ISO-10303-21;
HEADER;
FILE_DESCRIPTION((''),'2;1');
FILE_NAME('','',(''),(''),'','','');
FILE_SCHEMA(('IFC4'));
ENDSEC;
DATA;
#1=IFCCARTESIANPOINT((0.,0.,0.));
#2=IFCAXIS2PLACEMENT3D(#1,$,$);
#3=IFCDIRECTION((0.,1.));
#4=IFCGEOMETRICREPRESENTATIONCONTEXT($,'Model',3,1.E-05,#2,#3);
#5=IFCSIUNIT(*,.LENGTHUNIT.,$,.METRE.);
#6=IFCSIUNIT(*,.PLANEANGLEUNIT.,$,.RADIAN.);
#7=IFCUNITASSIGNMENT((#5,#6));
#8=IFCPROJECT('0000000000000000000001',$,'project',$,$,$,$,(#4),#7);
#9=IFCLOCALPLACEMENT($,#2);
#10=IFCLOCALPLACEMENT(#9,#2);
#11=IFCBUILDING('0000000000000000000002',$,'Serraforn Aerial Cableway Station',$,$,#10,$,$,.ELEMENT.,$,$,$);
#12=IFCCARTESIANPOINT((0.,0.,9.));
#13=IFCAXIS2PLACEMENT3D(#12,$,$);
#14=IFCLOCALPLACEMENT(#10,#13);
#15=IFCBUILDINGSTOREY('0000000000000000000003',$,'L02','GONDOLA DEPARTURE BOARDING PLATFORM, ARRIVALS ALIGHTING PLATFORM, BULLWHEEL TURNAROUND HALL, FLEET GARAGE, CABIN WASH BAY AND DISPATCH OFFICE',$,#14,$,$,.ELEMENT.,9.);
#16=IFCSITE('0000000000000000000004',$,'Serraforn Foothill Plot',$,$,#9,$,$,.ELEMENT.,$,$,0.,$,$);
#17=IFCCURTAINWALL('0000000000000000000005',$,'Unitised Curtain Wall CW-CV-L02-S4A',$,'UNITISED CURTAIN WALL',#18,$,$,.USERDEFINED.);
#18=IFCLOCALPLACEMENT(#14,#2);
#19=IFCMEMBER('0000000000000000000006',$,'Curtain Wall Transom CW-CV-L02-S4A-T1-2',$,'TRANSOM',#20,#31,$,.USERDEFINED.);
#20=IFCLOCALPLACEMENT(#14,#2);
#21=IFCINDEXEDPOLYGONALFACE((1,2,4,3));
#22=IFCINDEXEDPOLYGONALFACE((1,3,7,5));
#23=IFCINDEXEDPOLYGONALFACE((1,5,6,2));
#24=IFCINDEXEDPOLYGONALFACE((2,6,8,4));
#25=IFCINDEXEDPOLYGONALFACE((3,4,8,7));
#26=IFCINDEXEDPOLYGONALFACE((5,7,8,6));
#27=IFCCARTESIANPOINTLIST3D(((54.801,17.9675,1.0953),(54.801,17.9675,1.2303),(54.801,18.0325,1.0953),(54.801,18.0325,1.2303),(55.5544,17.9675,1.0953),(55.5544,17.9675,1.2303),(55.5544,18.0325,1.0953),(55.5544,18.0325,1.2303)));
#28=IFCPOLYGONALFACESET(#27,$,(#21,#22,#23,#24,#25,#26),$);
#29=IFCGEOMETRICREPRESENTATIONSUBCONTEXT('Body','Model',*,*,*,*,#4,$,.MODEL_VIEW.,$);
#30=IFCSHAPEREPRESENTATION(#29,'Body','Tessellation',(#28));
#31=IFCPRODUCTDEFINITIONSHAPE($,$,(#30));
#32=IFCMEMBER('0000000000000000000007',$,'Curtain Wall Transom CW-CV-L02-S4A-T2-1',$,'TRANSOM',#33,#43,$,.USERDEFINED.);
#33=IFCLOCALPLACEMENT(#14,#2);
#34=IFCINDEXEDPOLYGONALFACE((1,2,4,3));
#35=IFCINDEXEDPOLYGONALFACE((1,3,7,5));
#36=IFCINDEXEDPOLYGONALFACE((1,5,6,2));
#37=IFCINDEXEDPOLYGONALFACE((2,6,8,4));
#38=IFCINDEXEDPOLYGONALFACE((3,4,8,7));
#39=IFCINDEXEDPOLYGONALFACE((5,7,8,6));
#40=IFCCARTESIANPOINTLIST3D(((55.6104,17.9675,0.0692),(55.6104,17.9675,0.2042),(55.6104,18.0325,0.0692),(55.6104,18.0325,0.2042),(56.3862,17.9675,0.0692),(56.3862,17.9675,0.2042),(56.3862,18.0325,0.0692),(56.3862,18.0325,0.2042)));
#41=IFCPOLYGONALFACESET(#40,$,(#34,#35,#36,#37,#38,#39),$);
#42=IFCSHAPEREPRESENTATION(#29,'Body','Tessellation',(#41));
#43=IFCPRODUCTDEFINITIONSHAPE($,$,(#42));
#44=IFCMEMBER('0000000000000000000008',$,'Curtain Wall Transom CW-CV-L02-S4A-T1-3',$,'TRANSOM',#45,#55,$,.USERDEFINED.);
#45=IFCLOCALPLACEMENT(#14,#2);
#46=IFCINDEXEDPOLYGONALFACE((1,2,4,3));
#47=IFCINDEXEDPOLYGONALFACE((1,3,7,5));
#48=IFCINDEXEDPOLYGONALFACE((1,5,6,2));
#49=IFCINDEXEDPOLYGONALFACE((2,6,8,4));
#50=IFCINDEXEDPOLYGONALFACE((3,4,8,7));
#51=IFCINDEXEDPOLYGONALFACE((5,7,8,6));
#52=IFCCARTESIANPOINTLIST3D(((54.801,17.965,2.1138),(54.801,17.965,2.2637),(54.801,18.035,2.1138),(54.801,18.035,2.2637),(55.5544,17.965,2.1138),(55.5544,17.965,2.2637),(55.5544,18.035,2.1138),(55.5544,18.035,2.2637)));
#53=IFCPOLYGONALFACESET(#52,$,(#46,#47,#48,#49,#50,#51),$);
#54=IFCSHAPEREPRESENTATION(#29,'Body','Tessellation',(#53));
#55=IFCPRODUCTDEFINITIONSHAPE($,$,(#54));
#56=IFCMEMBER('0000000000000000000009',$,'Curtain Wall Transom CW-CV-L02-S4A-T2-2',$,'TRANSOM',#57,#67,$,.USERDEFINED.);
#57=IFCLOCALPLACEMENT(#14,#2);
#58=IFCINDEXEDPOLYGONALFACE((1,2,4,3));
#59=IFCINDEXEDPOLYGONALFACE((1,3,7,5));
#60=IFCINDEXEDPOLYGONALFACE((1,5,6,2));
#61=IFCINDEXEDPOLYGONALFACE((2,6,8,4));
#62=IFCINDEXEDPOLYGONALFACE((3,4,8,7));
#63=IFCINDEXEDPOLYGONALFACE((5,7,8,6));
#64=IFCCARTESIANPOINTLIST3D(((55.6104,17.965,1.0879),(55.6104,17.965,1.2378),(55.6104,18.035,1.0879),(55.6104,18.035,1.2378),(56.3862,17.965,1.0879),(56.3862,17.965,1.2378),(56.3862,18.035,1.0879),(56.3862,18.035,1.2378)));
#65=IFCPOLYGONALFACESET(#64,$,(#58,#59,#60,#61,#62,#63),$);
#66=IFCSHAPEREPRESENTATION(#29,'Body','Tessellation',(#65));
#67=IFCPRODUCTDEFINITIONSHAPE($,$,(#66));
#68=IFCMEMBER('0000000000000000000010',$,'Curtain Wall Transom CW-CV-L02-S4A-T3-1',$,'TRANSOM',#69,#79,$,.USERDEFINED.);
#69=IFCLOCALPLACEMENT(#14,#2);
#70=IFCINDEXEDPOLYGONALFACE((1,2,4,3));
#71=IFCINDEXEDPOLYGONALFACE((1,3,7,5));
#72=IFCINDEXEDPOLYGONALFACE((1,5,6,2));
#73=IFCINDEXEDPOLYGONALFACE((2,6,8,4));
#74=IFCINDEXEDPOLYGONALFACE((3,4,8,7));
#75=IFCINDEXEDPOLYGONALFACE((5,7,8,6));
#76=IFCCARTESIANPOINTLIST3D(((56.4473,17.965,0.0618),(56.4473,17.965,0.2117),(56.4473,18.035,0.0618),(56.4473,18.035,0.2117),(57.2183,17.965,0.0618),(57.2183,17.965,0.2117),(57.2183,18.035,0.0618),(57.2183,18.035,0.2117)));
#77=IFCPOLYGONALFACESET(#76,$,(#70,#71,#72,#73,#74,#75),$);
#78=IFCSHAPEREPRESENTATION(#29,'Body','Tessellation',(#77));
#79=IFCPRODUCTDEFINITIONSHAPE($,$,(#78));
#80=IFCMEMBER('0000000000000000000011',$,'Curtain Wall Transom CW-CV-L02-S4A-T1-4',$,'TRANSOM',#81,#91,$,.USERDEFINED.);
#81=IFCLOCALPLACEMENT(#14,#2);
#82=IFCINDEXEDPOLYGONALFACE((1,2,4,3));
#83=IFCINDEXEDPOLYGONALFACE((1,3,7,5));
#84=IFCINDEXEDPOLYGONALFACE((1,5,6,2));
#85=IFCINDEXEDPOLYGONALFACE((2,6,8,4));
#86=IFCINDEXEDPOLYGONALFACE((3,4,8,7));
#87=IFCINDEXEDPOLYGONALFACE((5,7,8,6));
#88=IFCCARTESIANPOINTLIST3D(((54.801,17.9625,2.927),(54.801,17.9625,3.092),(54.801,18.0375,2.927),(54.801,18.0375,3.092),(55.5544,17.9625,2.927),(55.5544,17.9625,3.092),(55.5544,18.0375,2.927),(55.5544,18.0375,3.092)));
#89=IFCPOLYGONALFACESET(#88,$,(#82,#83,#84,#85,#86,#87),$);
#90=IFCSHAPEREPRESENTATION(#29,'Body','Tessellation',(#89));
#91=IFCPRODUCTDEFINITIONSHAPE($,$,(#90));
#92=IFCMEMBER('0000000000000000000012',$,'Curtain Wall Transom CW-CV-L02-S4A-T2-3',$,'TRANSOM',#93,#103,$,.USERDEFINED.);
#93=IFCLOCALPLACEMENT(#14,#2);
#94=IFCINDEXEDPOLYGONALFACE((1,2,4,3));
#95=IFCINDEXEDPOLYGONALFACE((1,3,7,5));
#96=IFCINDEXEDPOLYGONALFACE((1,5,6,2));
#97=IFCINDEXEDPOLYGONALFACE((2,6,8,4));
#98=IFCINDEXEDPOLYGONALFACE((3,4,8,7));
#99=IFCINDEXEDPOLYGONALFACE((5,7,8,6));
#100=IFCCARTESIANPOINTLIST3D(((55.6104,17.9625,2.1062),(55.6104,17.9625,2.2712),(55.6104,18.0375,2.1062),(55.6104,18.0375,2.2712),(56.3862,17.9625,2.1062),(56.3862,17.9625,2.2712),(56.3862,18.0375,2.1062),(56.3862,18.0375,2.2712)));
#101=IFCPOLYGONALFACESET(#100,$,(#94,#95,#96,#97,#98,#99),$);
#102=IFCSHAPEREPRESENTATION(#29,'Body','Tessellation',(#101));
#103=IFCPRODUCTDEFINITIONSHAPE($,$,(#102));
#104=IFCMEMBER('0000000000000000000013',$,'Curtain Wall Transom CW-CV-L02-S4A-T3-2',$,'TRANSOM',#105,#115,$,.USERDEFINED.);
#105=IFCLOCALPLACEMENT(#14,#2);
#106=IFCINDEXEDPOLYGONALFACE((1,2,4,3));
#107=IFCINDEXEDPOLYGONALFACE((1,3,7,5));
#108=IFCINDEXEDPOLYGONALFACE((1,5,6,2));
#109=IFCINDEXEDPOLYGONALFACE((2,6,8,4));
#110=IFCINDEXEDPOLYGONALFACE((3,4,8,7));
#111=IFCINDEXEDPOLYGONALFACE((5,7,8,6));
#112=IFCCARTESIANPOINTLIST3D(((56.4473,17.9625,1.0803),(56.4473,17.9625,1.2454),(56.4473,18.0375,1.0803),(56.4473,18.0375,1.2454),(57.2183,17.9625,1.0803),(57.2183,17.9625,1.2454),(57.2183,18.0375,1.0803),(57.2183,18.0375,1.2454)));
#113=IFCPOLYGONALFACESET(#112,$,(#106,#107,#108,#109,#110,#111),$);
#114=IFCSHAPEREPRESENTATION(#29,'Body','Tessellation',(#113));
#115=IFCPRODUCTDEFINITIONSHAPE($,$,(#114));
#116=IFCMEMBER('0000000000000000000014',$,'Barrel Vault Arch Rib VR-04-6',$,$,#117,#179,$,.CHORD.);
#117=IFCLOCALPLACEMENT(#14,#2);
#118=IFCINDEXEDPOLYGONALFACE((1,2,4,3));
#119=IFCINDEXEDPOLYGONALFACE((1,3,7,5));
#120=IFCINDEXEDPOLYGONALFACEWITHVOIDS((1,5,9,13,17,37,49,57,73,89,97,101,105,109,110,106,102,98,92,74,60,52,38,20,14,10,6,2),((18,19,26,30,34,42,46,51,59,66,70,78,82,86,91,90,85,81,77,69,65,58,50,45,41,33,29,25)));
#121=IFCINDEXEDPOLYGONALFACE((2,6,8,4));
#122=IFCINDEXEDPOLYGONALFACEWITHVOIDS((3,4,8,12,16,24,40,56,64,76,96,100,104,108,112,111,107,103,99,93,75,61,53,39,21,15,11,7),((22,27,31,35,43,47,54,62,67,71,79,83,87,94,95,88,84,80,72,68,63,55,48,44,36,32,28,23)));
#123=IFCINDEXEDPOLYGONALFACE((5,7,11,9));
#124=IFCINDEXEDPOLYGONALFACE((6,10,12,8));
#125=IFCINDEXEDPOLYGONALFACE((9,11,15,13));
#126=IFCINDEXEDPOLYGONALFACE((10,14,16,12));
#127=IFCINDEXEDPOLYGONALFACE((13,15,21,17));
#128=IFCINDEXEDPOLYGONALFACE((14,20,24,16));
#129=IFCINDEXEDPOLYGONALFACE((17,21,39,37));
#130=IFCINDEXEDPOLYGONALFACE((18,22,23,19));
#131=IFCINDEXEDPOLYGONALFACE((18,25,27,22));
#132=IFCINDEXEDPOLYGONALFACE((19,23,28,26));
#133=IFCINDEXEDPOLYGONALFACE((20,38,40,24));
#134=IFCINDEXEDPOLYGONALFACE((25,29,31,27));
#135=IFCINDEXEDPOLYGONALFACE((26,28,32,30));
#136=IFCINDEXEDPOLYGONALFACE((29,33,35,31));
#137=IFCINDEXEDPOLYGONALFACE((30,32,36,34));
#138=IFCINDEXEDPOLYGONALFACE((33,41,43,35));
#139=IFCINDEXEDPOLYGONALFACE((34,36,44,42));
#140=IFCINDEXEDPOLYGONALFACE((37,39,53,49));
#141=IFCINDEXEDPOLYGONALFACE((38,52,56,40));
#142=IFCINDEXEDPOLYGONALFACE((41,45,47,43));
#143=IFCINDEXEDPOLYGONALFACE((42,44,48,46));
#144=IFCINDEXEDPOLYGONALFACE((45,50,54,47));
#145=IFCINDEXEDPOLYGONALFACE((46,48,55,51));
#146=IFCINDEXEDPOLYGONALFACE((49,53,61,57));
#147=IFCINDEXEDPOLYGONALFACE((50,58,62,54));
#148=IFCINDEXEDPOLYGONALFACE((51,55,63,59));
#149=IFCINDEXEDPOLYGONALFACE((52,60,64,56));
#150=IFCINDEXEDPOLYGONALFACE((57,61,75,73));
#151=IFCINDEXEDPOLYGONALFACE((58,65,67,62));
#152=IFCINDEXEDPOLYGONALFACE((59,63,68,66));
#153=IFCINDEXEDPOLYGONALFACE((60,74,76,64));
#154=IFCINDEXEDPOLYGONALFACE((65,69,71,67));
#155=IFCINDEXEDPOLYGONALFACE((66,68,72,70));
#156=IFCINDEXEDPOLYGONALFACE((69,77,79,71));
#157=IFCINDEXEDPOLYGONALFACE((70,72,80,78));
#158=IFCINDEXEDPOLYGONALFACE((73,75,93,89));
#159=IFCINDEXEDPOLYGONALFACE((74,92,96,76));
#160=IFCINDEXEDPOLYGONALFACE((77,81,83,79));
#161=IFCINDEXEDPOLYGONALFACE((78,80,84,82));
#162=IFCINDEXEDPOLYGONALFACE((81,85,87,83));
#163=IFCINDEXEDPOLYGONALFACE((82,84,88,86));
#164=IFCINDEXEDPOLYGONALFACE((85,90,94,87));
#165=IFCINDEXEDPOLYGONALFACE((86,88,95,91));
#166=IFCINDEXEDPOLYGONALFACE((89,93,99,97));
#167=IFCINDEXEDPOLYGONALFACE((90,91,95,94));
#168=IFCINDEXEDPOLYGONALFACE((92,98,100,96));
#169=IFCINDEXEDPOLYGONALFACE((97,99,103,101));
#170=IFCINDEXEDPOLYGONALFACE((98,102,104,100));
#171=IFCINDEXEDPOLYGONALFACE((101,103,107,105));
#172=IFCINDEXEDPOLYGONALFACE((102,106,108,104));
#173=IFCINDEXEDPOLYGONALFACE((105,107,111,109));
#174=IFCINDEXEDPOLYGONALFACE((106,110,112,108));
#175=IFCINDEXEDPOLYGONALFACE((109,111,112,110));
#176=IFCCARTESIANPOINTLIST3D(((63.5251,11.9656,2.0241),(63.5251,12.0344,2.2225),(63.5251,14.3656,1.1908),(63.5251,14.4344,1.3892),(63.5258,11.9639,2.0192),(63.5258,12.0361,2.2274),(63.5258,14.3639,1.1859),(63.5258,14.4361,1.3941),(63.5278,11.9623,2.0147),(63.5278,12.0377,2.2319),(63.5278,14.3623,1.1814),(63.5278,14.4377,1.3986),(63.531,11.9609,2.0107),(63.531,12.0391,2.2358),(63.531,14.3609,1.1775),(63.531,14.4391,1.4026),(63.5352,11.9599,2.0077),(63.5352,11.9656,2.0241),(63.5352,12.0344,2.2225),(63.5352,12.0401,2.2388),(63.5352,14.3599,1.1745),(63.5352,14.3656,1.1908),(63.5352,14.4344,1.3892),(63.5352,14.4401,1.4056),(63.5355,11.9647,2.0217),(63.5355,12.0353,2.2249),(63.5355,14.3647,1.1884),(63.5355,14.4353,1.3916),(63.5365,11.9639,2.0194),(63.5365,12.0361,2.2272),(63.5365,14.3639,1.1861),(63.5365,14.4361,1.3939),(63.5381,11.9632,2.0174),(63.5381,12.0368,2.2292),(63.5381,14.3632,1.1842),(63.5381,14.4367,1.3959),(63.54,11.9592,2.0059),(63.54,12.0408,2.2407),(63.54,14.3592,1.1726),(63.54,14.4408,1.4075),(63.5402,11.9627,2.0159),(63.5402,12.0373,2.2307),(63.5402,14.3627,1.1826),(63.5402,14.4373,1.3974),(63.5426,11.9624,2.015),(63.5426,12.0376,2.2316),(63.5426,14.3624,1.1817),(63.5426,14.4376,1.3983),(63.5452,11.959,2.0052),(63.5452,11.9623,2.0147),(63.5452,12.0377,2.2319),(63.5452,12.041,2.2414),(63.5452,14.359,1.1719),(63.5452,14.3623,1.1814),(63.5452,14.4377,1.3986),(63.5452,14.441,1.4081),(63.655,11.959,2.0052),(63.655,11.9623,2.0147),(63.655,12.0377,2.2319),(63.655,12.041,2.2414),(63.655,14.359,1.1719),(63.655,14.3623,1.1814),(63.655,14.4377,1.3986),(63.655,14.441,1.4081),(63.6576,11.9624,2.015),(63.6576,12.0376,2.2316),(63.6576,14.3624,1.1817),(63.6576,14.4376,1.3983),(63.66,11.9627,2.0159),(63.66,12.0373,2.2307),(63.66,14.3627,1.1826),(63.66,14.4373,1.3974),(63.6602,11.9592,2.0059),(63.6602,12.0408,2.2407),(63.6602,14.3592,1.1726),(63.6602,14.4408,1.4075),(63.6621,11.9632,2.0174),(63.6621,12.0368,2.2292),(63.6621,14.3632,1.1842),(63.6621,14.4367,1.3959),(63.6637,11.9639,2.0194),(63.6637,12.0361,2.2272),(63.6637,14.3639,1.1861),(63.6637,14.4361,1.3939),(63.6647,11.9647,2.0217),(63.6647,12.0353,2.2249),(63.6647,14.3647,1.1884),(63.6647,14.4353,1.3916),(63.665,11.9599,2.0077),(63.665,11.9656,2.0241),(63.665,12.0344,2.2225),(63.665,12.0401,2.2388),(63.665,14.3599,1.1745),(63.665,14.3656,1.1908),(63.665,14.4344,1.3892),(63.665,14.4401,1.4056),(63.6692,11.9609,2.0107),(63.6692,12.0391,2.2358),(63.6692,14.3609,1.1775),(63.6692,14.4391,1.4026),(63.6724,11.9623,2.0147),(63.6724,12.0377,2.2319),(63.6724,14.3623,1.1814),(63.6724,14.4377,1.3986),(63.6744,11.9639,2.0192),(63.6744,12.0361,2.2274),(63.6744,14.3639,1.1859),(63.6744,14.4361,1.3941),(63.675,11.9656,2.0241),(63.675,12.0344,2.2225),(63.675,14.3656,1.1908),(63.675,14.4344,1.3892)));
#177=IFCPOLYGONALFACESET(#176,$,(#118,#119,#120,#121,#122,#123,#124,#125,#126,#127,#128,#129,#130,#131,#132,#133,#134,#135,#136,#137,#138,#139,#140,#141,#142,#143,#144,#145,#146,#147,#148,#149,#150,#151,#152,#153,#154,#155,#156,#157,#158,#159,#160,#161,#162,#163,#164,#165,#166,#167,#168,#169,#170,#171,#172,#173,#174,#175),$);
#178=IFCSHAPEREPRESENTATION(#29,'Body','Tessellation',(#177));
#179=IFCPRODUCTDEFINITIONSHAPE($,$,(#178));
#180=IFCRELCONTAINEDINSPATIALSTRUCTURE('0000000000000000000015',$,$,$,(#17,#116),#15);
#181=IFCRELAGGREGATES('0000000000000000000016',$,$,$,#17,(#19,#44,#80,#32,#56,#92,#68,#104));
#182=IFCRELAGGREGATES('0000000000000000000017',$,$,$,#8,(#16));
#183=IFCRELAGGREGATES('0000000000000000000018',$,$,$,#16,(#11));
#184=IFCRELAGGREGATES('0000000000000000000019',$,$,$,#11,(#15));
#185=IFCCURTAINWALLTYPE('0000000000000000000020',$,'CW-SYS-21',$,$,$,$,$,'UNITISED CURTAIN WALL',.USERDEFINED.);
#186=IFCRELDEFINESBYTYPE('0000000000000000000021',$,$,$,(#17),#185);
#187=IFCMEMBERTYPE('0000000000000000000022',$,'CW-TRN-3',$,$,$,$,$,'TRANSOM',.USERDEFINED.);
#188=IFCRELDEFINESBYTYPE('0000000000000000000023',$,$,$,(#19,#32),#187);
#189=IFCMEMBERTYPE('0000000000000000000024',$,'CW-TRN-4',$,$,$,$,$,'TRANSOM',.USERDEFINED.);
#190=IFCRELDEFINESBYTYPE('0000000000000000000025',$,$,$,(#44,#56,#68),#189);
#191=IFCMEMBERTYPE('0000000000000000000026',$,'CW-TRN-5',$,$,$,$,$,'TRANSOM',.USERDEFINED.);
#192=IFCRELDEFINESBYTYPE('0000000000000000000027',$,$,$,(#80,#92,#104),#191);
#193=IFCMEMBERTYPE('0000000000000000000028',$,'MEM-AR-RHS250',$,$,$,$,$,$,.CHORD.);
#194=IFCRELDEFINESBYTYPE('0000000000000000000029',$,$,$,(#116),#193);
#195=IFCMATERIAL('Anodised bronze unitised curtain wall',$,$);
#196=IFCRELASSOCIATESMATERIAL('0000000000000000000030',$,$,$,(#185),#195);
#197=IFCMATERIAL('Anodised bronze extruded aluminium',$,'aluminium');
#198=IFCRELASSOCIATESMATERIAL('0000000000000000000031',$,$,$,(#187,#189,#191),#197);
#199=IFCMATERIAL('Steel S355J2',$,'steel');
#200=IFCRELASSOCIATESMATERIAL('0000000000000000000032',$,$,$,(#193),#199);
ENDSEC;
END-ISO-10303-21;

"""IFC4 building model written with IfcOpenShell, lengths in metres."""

from ifc_helpers import new_model, si_unit, direction, frame, origin, origin_2d, place, context, subcontext, project, spatial, rectangle, hollow_rectangle, extrude, material, material_profile, profile_set, type_object, element, aggregate, save


model = new_model("IFC4")

# Units and contexts
model_context = context("Model", 3, precision=1e-05, world=origin(), true_north=direction((0.0, 1.0)))
body_context = subcontext(model_context, "Body", "Model", "MODEL_VIEW")
ifc_project = project(units=[si_unit("LENGTHUNIT", "METRE"), si_unit("PLANEANGLEUNIT", "RADIAN")], contexts=[model_context])

# Site, building, storey
site_placement = place(None, origin())
site = spatial("IfcSite", under=ifc_project, at=site_placement, Name="Serraforn Foothill Plot", CompositionType="ELEMENT", RefElevation=0.0)
building_placement = place(site_placement, origin())
building = spatial("IfcBuilding", under=site, at=building_placement, Name="Serraforn Aerial Cableway Station", CompositionType="ELEMENT")
storey_placement = place(building_placement, frame((0.0, 0.0, 9.0)))
storey = spatial("IfcBuildingStorey", under=building, at=storey_placement, Name="L02", Description="GONDOLA DEPARTURE BOARDING PLATFORM, ARRIVALS ALIGHTING PLATFORM, BULLWHEEL TURNAROUND HALL, FLEET GARAGE, CABIN WASH BAY AND DISPATCH OFFICE", CompositionType="ELEMENT", Elevation=9.0)

# Shared definitions
ifc_material_1 = material(Name="Steel S355J2", Category="steel")

# Curtain wall, members
ifc_material_2 = material(Name="Anodised bronze unitised curtain wall")
curtain_wall_type = type_object("IfcCurtainWallType", Name="CW-SYS-21", ElementType="UNITISED CURTAIN WALL", PredefinedType="USERDEFINED", material=ifc_material_2)
curtain_wall_placement = place(storey_placement, origin())
curtain_wall = element("IfcCurtainWall", 1, at=curtain_wall_placement, inside=storey, type_object=curtain_wall_type, Name="Unitised Curtain Wall CW-CV-L02-S4A", ObjectType="UNITISED CURTAIN WALL", PredefinedType="USERDEFINED")
ifc_material_3 = material(Name="Anodised bronze extruded aluminium", Category="aluminium")
ifc_material_profile_1 = material_profile(ifc_material_3, rectangle(XDim=0.0649, YDim=0.135, at=origin_2d()), Name="CW TRANSOM 65x135")
ifc_profile_set_1 = profile_set([ifc_material_profile_1], Name="Anodised bronze extruded aluminium")
member_type_1 = type_object("IfcMemberType", Name="CW-TRN-3", ElementType="TRANSOM", PredefinedType="USERDEFINED", material=ifc_profile_set_1)
member_1_placement = place(storey_placement, frame((54.801, 18.0, 1.1628), z_axis=(1.0, 0.0, 0.0), x_axis=(0.0, 1.0, 0.0)))
member_1 = element("IfcMember", 2, at=member_1_placement, type_object=member_type_1, Name="Curtain Wall Transom CW-CV-L02-S4A-T1-2", ObjectType="TRANSOM", PredefinedType="USERDEFINED", context=body_context, shape_type="SweptSolid", body=[
    extrude(rectangle(XDim=0.0649, YDim=0.135, at=origin_2d()), origin(), (0.0, 0.0, 1.0), 0.7534),
])
member_2_placement = place(storey_placement, frame((55.6104, 18.0, 0.1367), z_axis=(1.0, 0.0, 0.0), x_axis=(0.0, 1.0, 0.0)))
member_2 = element("IfcMember", 3, at=member_2_placement, type_object=member_type_1, Name="Curtain Wall Transom CW-CV-L02-S4A-T2-1", ObjectType="TRANSOM", PredefinedType="USERDEFINED", context=body_context, shape_type="SweptSolid", body=[
    extrude(rectangle(XDim=0.0649, YDim=0.135, at=origin_2d()), origin(), (0.0, 0.0, 1.0), 0.7759),
])
ifc_material_profile_2 = material_profile(ifc_material_3, rectangle(XDim=0.0701, YDim=0.1499, at=origin_2d()), Name="CW TRANSOM 70x150")
ifc_profile_set_2 = profile_set([ifc_material_profile_2], Name="Anodised bronze extruded aluminium")
member_type_2 = type_object("IfcMemberType", Name="CW-TRN-4", ElementType="TRANSOM", PredefinedType="USERDEFINED", material=ifc_profile_set_2)
member_3_placement = place(storey_placement, frame((54.801, 18.0, 2.1887), z_axis=(1.0, 0.0, 0.0), x_axis=(0.0, 1.0, 0.0)))
member_3 = element("IfcMember", 4, at=member_3_placement, type_object=member_type_2, Name="Curtain Wall Transom CW-CV-L02-S4A-T1-3", ObjectType="TRANSOM", PredefinedType="USERDEFINED", context=body_context, shape_type="SweptSolid", body=[
    extrude(rectangle(XDim=0.0701, YDim=0.1499, at=origin_2d()), origin(), (0.0, 0.0, 1.0), 0.7534),
])
member_4_placement = place(storey_placement, frame((55.6104, 18.0, 1.1628), z_axis=(1.0, 0.0, 0.0), x_axis=(0.0, 1.0, 0.0)))
member_4 = element("IfcMember", 5, at=member_4_placement, type_object=member_type_2, Name="Curtain Wall Transom CW-CV-L02-S4A-T2-2", ObjectType="TRANSOM", PredefinedType="USERDEFINED", context=body_context, shape_type="SweptSolid", body=[
    extrude(rectangle(XDim=0.0701, YDim=0.1499, at=origin_2d()), origin(), (0.0, 0.0, 1.0), 0.7759),
])
member_5_placement = place(storey_placement, frame((56.4473, 18.0, 0.1367), z_axis=(1.0, 0.0, 0.0), x_axis=(0.0, 1.0, 0.0)))
member_5 = element("IfcMember", 6, at=member_5_placement, type_object=member_type_2, Name="Curtain Wall Transom CW-CV-L02-S4A-T3-1", ObjectType="TRANSOM", PredefinedType="USERDEFINED", context=body_context, shape_type="SweptSolid", body=[
    extrude(rectangle(XDim=0.0701, YDim=0.1499, at=origin_2d()), origin(), (0.0, 0.0, 1.0), 0.771),
])
ifc_material_profile_3 = material_profile(ifc_material_3, rectangle(XDim=0.075, YDim=0.165, at=origin_2d()), Name="CW TRANSOM 75x165")
ifc_profile_set_3 = profile_set([ifc_material_profile_3], Name="Anodised bronze extruded aluminium")
member_type_3 = type_object("IfcMemberType", Name="CW-TRN-5", ElementType="TRANSOM", PredefinedType="USERDEFINED", material=ifc_profile_set_3)
member_6_placement = place(storey_placement, frame((54.801, 18.0, 3.0095), z_axis=(1.0, 0.0, 0.0), x_axis=(0.0, 1.0, 0.0)))
member_6 = element("IfcMember", 7, at=member_6_placement, type_object=member_type_3, Name="Curtain Wall Transom CW-CV-L02-S4A-T1-4", ObjectType="TRANSOM", PredefinedType="USERDEFINED", context=body_context, shape_type="SweptSolid", body=[
    extrude(rectangle(XDim=0.075, YDim=0.165, at=origin_2d()), origin(), (0.0, 0.0, 1.0), 0.7534),
])
member_7_placement = place(storey_placement, frame((55.6104, 18.0, 2.1887), z_axis=(1.0, 0.0, 0.0), x_axis=(0.0, 1.0, 0.0)))
member_7 = element("IfcMember", 8, at=member_7_placement, type_object=member_type_3, Name="Curtain Wall Transom CW-CV-L02-S4A-T2-3", ObjectType="TRANSOM", PredefinedType="USERDEFINED", context=body_context, shape_type="SweptSolid", body=[
    extrude(rectangle(XDim=0.075, YDim=0.165, at=origin_2d()), origin(), (0.0, 0.0, 1.0), 0.7759),
])
member_8_placement = place(storey_placement, frame((56.4473, 18.0, 1.1628), z_axis=(1.0, 0.0, 0.0), x_axis=(0.0, 1.0, 0.0)))
member_8 = element("IfcMember", 9, at=member_8_placement, type_object=member_type_3, Name="Curtain Wall Transom CW-CV-L02-S4A-T3-2", ObjectType="TRANSOM", PredefinedType="USERDEFINED", context=body_context, shape_type="SweptSolid", body=[
    extrude(rectangle(XDim=0.075, YDim=0.165, at=origin_2d()), origin(), (0.0, 0.0, 1.0), 0.771),
])

# Member
ifc_material_profile_4 = material_profile(ifc_material_1, hollow_rectangle(XDim=0.1499, YDim=0.25, WallThickness=0.01, InnerFilletRadius=0.01, OuterFilletRadius=0.02, at=origin_2d()), Name="RHS 250x150x10.0")
ifc_profile_set_4 = profile_set([ifc_material_profile_4], Name="Steel S355J2")
member_type_4 = type_object("IfcMemberType", Name="MEM-AR-RHS250", PredefinedType="CHORD", material=ifc_profile_set_4)
member_9_placement = place(storey_placement, frame((63.6001, 12.0, 2.1233), z_axis=(0.0, 0.944679, -0.327995), x_axis=(-1.0, 0.0, 0.0)))
element("IfcMember", 10, at=member_9_placement, inside=storey, type_object=member_type_4, Name="Barrel Vault Arch Rib VR-04-6", PredefinedType="CHORD", context=body_context, shape_type="SweptSolid", body=[
    extrude(hollow_rectangle(XDim=0.1499, YDim=0.25, WallThickness=0.01, InnerFilletRadius=0.01, OuterFilletRadius=0.02, at=origin_2d()), origin(), (0.0, 0.0, 1.0), 2.5405),
])

aggregate(curtain_wall, [member_1, member_3, member_6, member_2, member_4, member_7, member_5, member_8])

save(model, "model.ifc")
